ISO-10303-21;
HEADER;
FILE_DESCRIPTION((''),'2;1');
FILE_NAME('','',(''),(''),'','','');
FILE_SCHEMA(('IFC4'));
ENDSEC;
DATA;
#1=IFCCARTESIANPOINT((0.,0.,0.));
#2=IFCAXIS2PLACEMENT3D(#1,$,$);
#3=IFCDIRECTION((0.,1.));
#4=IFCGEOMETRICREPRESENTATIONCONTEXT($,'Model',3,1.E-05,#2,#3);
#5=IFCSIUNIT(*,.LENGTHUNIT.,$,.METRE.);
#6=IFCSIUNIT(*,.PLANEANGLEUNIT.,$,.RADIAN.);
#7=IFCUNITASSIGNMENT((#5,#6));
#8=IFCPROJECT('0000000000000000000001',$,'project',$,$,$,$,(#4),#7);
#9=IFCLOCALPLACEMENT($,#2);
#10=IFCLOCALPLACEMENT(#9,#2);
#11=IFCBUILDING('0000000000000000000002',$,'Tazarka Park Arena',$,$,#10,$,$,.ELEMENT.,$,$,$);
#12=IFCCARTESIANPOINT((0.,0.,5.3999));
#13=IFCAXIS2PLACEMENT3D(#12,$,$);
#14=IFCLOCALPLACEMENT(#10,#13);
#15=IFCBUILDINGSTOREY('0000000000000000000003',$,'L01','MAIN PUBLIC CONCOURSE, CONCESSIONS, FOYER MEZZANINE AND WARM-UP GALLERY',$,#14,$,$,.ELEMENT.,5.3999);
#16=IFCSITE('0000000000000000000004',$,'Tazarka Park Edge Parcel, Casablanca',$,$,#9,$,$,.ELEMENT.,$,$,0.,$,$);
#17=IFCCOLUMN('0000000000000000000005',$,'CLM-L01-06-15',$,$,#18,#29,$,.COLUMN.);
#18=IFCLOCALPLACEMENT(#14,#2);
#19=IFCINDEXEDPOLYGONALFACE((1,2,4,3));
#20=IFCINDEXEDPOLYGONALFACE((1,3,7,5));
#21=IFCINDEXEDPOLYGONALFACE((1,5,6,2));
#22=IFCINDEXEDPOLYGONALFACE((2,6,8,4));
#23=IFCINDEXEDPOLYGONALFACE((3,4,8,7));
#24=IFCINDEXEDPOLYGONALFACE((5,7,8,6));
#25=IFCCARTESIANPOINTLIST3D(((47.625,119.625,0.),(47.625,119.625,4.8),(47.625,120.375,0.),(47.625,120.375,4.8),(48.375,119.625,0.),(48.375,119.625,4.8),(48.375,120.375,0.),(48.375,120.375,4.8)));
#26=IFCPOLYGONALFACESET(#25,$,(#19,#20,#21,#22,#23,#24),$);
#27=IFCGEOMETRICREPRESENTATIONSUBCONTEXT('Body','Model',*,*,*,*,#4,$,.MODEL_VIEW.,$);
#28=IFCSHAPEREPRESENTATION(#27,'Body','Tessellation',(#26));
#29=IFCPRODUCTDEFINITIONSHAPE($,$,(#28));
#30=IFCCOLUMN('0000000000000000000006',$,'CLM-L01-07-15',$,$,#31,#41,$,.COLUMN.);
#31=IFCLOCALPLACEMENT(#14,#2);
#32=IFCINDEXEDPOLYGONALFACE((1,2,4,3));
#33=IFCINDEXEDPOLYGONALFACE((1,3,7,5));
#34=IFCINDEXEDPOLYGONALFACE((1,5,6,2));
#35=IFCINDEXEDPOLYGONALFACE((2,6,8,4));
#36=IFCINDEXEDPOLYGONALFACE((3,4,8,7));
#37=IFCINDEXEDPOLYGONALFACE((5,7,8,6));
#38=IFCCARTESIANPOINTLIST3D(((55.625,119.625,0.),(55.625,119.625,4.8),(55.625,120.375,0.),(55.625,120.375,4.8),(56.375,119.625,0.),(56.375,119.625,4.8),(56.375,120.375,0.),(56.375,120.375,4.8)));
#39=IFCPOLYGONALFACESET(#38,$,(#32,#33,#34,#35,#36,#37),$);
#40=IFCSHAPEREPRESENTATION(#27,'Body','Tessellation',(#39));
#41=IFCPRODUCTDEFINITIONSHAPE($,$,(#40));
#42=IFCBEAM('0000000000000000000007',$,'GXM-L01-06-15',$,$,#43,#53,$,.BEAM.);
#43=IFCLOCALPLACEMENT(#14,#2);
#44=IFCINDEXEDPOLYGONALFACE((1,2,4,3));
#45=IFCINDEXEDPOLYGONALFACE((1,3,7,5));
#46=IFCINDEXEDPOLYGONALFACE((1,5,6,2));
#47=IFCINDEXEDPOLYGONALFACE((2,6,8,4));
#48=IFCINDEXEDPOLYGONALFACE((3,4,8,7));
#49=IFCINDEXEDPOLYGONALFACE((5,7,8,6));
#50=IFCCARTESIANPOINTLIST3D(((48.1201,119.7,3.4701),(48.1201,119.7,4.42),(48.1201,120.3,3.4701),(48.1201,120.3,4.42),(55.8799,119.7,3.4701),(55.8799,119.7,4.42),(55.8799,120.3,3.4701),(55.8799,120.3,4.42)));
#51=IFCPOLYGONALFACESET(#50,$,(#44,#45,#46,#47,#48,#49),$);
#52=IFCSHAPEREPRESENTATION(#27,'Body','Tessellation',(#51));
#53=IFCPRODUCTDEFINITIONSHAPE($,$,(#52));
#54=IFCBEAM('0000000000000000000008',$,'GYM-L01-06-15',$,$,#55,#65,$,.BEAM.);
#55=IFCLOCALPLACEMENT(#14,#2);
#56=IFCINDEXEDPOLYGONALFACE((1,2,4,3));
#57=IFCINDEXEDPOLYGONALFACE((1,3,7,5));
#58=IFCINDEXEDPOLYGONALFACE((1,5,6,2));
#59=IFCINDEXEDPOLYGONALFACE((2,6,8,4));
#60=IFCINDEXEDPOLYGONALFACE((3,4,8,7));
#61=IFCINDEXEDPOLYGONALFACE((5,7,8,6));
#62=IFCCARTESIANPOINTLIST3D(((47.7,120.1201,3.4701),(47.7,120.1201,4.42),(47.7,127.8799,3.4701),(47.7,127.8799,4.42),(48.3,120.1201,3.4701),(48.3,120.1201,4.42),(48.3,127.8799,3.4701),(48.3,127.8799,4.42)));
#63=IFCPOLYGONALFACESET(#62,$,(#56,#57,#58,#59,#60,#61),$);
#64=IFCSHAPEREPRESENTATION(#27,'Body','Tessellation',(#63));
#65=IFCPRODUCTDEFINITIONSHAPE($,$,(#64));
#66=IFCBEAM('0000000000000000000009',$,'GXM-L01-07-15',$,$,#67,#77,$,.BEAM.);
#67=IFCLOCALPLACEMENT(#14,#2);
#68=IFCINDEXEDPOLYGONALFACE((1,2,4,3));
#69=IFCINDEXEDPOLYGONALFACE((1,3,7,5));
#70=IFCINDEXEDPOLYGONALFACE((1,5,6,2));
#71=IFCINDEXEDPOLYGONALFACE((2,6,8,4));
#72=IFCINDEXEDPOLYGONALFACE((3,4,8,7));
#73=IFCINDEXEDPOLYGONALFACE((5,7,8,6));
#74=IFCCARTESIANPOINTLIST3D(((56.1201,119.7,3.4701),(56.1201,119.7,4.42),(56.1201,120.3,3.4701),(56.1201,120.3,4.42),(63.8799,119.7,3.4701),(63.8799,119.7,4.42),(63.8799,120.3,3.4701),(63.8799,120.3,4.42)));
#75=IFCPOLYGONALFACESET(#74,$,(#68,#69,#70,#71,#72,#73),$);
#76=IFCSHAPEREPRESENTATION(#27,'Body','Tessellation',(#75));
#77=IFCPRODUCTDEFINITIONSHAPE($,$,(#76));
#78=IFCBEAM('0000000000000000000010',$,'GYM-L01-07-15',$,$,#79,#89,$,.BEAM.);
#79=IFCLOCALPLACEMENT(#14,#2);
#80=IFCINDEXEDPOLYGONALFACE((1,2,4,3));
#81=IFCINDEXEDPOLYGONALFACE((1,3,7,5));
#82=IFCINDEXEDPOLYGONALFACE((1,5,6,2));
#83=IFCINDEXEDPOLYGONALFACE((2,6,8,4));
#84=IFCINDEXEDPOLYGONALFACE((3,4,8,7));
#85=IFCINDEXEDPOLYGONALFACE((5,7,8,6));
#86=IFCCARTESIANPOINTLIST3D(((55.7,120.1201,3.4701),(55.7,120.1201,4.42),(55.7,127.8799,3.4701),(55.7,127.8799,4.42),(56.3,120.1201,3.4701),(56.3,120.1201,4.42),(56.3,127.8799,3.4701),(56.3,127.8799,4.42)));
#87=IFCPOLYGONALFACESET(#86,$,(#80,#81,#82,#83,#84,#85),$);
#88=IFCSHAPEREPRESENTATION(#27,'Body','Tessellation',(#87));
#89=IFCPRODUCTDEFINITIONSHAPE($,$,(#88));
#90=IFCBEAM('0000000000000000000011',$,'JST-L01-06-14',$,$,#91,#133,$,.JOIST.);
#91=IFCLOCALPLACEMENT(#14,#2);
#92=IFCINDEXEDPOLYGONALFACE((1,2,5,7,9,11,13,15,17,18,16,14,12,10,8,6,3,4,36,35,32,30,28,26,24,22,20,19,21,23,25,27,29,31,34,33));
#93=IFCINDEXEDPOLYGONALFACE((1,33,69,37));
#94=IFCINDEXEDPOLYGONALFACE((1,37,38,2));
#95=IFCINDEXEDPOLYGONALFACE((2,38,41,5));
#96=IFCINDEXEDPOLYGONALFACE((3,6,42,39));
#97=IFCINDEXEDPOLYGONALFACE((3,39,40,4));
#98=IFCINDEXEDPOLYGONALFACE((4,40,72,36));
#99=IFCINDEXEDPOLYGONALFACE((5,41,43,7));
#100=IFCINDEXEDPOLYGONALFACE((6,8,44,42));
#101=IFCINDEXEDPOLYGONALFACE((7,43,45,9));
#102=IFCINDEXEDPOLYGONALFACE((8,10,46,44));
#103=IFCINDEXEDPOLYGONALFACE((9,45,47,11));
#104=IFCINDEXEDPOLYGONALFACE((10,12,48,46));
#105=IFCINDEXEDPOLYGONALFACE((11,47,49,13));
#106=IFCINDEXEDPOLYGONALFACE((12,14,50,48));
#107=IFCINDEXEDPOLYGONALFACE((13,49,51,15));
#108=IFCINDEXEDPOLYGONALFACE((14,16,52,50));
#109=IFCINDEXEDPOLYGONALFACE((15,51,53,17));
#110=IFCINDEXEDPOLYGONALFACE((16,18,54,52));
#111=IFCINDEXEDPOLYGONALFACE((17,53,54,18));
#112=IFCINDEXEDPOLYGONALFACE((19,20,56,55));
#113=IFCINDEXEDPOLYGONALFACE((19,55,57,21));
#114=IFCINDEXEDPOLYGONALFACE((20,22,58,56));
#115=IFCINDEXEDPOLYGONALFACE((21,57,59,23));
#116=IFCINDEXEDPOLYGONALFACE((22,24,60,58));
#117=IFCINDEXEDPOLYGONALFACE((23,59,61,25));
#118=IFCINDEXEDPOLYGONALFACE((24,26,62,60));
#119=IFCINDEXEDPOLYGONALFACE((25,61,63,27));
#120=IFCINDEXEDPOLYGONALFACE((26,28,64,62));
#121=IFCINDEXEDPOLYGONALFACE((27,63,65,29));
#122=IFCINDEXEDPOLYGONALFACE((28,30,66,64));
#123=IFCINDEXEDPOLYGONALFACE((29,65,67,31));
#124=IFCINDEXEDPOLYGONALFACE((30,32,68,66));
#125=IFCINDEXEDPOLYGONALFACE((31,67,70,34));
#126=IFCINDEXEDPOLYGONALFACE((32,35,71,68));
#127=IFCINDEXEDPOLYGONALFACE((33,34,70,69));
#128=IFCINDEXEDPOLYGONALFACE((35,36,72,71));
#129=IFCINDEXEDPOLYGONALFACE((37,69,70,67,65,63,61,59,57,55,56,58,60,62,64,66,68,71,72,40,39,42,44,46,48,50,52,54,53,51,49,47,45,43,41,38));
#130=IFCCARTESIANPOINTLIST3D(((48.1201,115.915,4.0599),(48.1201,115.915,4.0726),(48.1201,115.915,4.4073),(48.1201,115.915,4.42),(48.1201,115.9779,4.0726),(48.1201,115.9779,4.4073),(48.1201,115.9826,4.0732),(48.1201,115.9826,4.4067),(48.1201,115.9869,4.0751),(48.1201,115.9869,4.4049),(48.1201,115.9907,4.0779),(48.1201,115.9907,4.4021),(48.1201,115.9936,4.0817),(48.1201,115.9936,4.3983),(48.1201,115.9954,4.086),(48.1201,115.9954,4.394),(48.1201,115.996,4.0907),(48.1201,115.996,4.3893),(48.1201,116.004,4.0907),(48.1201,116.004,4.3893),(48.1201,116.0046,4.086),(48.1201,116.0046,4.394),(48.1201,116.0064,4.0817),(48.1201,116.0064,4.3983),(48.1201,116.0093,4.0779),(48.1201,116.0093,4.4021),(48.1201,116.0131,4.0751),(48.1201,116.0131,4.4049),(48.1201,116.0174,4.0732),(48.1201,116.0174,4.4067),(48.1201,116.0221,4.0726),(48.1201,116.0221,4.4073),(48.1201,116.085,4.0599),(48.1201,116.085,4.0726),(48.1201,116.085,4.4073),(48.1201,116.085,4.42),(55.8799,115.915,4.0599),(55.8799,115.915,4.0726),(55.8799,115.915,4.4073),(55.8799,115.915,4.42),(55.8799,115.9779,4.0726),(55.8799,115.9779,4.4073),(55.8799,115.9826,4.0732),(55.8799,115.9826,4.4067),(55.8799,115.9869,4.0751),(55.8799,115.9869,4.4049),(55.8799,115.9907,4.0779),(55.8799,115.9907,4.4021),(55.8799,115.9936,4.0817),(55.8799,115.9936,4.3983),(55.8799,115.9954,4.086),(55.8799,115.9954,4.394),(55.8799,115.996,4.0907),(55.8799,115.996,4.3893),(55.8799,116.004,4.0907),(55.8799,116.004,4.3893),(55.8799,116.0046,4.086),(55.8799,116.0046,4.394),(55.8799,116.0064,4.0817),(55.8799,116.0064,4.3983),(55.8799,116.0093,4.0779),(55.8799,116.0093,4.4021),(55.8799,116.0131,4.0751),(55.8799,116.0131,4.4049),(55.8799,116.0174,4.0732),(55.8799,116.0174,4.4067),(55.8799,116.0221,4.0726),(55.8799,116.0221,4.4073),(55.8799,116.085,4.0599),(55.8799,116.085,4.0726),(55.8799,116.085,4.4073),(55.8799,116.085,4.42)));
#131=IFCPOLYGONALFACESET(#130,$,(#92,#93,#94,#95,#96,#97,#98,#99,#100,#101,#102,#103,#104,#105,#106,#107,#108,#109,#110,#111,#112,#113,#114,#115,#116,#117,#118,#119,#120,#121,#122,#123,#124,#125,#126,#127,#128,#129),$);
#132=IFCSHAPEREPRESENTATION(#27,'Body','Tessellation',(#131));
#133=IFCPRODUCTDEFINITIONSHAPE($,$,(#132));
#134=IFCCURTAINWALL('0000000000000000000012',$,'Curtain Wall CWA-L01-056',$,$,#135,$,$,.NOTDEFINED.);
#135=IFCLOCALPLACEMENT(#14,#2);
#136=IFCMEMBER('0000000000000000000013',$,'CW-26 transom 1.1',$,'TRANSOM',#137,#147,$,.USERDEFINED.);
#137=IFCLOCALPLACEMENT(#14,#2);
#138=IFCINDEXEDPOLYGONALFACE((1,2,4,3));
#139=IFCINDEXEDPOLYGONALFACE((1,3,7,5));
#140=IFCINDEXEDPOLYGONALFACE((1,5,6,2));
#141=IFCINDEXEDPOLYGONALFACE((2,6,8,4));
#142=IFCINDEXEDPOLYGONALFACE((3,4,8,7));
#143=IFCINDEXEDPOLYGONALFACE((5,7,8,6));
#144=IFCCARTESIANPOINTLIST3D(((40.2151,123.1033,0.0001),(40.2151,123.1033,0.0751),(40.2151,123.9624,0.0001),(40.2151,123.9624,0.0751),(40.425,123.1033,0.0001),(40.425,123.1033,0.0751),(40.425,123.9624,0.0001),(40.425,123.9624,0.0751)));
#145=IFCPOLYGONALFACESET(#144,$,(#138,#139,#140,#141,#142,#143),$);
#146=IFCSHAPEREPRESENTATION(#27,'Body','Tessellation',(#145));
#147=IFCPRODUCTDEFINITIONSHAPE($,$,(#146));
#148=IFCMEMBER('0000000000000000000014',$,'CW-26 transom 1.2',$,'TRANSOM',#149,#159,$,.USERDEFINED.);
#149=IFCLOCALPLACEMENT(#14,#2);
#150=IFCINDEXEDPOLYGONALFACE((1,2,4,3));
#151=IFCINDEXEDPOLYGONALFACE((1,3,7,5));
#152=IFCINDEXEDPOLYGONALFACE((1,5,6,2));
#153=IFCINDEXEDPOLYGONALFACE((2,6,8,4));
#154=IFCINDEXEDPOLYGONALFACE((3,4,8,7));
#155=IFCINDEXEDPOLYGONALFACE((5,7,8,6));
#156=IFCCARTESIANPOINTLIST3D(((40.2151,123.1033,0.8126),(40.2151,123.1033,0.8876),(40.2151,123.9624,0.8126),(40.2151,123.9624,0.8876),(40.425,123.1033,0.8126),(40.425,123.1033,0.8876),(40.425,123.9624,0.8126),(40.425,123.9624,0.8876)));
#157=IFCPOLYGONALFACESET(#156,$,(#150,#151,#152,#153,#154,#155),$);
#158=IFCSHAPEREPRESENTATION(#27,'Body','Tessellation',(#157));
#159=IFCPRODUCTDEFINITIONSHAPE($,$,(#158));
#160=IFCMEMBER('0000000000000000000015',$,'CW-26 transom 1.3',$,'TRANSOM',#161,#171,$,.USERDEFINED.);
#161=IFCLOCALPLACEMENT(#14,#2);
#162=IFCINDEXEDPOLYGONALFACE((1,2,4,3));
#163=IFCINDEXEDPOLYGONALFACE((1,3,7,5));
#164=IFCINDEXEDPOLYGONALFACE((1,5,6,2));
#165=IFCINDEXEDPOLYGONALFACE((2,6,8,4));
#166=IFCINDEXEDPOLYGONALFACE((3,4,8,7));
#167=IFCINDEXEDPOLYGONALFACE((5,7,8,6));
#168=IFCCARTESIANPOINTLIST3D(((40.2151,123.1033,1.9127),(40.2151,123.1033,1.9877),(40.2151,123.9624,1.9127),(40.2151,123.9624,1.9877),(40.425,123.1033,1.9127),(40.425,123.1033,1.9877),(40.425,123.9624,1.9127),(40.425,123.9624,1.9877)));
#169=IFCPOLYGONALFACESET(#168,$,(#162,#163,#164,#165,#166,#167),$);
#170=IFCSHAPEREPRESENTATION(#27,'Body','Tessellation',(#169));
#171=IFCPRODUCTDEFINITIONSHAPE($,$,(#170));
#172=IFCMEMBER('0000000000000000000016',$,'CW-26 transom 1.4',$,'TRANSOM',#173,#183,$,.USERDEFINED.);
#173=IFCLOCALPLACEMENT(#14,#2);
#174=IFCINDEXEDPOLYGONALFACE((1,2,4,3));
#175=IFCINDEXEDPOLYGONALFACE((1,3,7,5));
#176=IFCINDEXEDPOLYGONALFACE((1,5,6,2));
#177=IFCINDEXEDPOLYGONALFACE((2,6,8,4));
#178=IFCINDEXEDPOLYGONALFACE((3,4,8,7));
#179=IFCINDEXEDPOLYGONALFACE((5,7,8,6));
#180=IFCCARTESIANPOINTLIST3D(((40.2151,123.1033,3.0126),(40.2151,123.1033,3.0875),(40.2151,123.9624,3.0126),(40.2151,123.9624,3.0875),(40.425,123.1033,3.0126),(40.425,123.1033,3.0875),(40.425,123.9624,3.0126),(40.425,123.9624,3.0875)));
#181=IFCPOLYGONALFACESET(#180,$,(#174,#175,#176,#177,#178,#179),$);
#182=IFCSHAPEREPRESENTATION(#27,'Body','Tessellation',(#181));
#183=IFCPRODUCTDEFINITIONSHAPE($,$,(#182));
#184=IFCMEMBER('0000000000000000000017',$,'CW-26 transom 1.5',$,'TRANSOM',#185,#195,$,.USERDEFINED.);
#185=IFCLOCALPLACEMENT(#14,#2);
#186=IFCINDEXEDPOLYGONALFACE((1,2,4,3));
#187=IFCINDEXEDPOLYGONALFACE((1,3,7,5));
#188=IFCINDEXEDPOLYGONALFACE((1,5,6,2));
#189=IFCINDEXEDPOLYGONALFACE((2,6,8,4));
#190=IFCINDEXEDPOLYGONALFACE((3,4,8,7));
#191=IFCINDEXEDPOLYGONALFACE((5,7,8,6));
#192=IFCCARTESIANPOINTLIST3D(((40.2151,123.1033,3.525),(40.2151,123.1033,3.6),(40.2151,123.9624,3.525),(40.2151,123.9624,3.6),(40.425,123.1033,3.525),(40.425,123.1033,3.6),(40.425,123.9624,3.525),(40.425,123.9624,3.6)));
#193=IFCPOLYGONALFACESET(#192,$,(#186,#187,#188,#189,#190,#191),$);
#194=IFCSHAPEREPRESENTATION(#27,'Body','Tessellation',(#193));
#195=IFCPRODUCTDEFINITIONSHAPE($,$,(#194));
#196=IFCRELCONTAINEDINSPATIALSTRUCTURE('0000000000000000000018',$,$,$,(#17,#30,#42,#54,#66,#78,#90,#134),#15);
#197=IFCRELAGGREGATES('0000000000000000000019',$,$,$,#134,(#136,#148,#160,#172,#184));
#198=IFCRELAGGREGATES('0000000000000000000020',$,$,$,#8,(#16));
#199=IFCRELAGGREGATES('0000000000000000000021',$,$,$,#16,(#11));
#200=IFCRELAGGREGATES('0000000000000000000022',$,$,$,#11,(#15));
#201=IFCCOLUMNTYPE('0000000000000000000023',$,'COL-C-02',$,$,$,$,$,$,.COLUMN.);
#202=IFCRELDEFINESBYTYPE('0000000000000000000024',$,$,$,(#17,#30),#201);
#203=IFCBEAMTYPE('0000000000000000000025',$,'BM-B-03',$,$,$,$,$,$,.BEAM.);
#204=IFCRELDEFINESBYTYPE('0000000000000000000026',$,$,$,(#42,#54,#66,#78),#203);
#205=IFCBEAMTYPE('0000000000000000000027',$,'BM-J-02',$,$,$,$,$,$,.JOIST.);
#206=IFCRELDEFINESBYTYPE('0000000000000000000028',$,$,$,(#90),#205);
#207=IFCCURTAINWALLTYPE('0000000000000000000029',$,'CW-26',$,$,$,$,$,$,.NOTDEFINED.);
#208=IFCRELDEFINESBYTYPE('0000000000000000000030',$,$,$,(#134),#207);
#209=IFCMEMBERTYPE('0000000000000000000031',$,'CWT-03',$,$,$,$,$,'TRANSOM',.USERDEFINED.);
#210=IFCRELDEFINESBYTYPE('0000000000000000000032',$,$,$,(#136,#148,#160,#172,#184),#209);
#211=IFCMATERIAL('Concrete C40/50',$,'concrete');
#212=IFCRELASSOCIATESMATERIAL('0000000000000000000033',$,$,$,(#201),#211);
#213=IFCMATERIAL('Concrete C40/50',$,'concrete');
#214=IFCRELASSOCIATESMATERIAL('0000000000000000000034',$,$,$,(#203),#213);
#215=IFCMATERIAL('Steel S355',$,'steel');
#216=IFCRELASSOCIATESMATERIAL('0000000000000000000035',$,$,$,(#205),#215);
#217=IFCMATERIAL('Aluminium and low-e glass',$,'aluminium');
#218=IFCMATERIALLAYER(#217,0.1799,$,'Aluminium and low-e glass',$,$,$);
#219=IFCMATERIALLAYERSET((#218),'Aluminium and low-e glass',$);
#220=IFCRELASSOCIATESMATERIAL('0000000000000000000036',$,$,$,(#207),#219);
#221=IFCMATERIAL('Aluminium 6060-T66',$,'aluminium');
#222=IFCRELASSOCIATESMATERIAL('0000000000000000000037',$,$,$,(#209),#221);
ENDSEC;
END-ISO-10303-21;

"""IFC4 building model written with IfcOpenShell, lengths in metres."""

from ifc_helpers import new_model, si_unit, direction, frame, origin, origin_2d, place, context, subcontext, project, spatial, rectangle, i_section, extrude, material, layer, layer_set, material_profile, profile_set, type_object, element, aggregate, save


model = new_model("IFC4")

# Units and contexts
model_context = context("Model", 3, precision=1e-05, world=origin(), true_north=direction((0.0, 1.0)))
body_context = subcontext(model_context, "Body", "Model", "MODEL_VIEW")
ifc_project = project(units=[si_unit("LENGTHUNIT", "METRE"), si_unit("PLANEANGLEUNIT", "RADIAN")], contexts=[model_context])

# Site, building, storey
site_placement = place(None, origin())
site = spatial("IfcSite", under=ifc_project, at=site_placement, Name="Tazarka Park Edge Parcel, Casablanca", CompositionType="ELEMENT", RefElevation=0.0)
building_placement = place(site_placement, origin())
building = spatial("IfcBuilding", under=site, at=building_placement, Name="Tazarka Park Arena", CompositionType="ELEMENT")
storey_placement = place(building_placement, frame((0.0, 0.0, 5.3999)))
storey = spatial("IfcBuildingStorey", under=building, at=storey_placement, Name="L01", Description="MAIN PUBLIC CONCOURSE, CONCESSIONS, FOYER MEZZANINE AND WARM-UP GALLERY", CompositionType="ELEMENT", Elevation=5.3999)

# Columns
ifc_material_1 = material(Name="Concrete C40/50", Category="concrete")
ifc_material_profile_1 = material_profile(ifc_material_1, rectangle(XDim=0.75, YDim=0.75, at=origin_2d()), Name="Concrete C40/50")
ifc_profile_set_1 = profile_set([ifc_material_profile_1], Name="Concrete C40/50")
column_type = type_object("IfcColumnType", Name="COL-C-02", PredefinedType="COLUMN", material=ifc_profile_set_1)
for number, where, z_axis, x_axis, name in (
    (1, (48.0, 120.0, 0.0), (0.0, 0.0, 1.0), (1.0, 0.0, 0.0), "CLM-L01-06-15"),
    (2, (56.0, 120.0, 0.0), (0.0, 0.0, 1.0), (1.0, 0.0, 0.0), "CLM-L01-07-15"),
):
    element("IfcColumn", number, at=place(storey_placement, frame(where, z_axis=z_axis, x_axis=x_axis)), inside=storey, type_object=column_type, Name=name, PredefinedType="COLUMN", context=body_context, shape_type="SweptSolid", body=[
        extrude(rectangle(XDim=0.75, YDim=0.75, at=origin_2d()), origin(), (0.0, 0.0, 1.0), 4.8),
    ])

# Beams
ifc_material_2 = material(Name="Concrete C40/50", Category="concrete")
ifc_material_profile_2 = material_profile(ifc_material_2, rectangle(XDim=0.6001, YDim=0.95, at=origin_2d()), Name="Concrete C40/50")
ifc_profile_set_2 = profile_set([ifc_material_profile_2], Name="Concrete C40/50")
beam_type_1 = type_object("IfcBeamType", Name="BM-B-03", PredefinedType="BEAM", material=ifc_profile_set_2)
for number, where, z_axis, x_axis, name in (
    (3, (48.1201, 120.0, 3.9451), (1.0, 0.0, 0.0), (0.0, 1.0, 0.0), "GXM-L01-06-15"),
    (4, (48.0, 120.1201, 3.9451), (0.0, 1.0, 0.0), (-1.0, 0.0, 0.0), "GYM-L01-06-15"),
    (5, (56.1201, 120.0, 3.9451), (1.0, 0.0, 0.0), (0.0, 1.0, 0.0), "GXM-L01-07-15"),
    (6, (56.0, 120.1201, 3.9451), (0.0, 1.0, 0.0), (-1.0, 0.0, 0.0), "GYM-L01-07-15"),
):
    element("IfcBeam", number, at=place(storey_placement, frame(where, z_axis=z_axis, x_axis=x_axis)), inside=storey, type_object=beam_type_1, Name=name, PredefinedType="BEAM", context=body_context, shape_type="SweptSolid", body=[
        extrude(rectangle(XDim=0.6001, YDim=0.95, at=origin_2d()), origin(), (0.0, 0.0, 1.0), 7.7598),
    ])
ifc_material_3 = material(Name="Steel S355", Category="steel")
ifc_material_profile_3 = material_profile(ifc_material_3, i_section(OverallWidth=0.1699, OverallDepth=0.3601, WebThickness=0.0081, FlangeThickness=0.0127, FilletRadius=0.0181, at=origin_2d()), Name="Steel S355")
ifc_profile_set_3 = profile_set([ifc_material_profile_3], Name="Steel S355")
beam_type_2 = type_object("IfcBeamType", Name="BM-J-02", PredefinedType="JOIST", material=ifc_profile_set_3)
beam_placement = place(storey_placement, frame((48.1201, 116.0, 4.24), z_axis=(1.0, 0.0, 0.0), x_axis=(0.0, 1.0, 0.0)))
element("IfcBeam", 7, at=beam_placement, inside=storey, type_object=beam_type_2, Name="JST-L01-06-14", PredefinedType="JOIST", context=body_context, shape_type="SweptSolid", body=[
    extrude(i_section(OverallWidth=0.1699, OverallDepth=0.3601, WebThickness=0.0081, FlangeThickness=0.0127, FilletRadius=0.0181, at=origin_2d()), origin(), (0.0, 0.0, 1.0), 7.7598),
])

# Curtain wall, members
ifc_material_4 = material(Name="Aluminium and low-e glass", Category="aluminium")
ifc_layer_1 = layer(ifc_material_4, 0.1799, Name="Aluminium and low-e glass")
ifc_layer_set_1 = layer_set([ifc_layer_1], Name="Aluminium and low-e glass")
curtain_wall_type = type_object("IfcCurtainWallType", Name="CW-26", PredefinedType="NOTDEFINED", material=ifc_layer_set_1)
curtain_wall_placement = place(storey_placement, origin())
curtain_wall = element("IfcCurtainWall", 8, at=curtain_wall_placement, inside=storey, type_object=curtain_wall_type, Name="Curtain Wall CWA-L01-056", PredefinedType="NOTDEFINED")
ifc_material_5 = material(Name="Aluminium 6060-T66", Category="aluminium")
ifc_material_profile_4 = material_profile(ifc_material_5, rectangle(XDim=0.21, YDim=0.075, at=origin_2d()), Name="Aluminium 6060-T66")
ifc_profile_set_4 = profile_set([ifc_material_profile_4], Name="Aluminium 6060-T66")
member_type = type_object("IfcMemberType", Name="CWT-03", ElementType="TRANSOM", PredefinedType="USERDEFINED", material=ifc_profile_set_4)
member_1_placement = place(storey_placement, frame((40.3201, 123.1033, 0.0376), z_axis=(0.0, 1.0, 0.0), x_axis=(-1.0, 0.0, 0.0)))
member_1 = element("IfcMember", 9, at=member_1_placement, type_object=member_type, Name="CW-26 transom 1.1", ObjectType="TRANSOM", PredefinedType="USERDEFINED", context=body_context, shape_type="SweptSolid", body=[
    extrude(rectangle(XDim=0.21, YDim=0.075, at=origin_2d()), origin(), (0.0, 0.0, 1.0), 0.8591),
])
member_2_placement = place(storey_placement, frame((40.3201, 123.1033, 0.8501), z_axis=(0.0, 1.0, 0.0), x_axis=(-1.0, 0.0, 0.0)))
member_2 = element("IfcMember", 10, at=member_2_placement, type_object=member_type, Name="CW-26 transom 1.2", ObjectType="TRANSOM", PredefinedType="USERDEFINED", context=body_context, shape_type="SweptSolid", body=[
    extrude(rectangle(XDim=0.21, YDim=0.075, at=origin_2d()), origin(), (0.0, 0.0, 1.0), 0.8591),
])
member_3_placement = place(storey_placement, frame((40.3201, 123.1033, 1.9502), z_axis=(0.0, 1.0, 0.0), x_axis=(-1.0, 0.0, 0.0)))
member_3 = element("IfcMember", 11, at=member_3_placement, type_object=member_type, Name="CW-26 transom 1.3", ObjectType="TRANSOM", PredefinedType="USERDEFINED", context=body_context, shape_type="SweptSolid", body=[
    extrude(rectangle(XDim=0.21, YDim=0.075, at=origin_2d()), origin(), (0.0, 0.0, 1.0), 0.8591),
])
member_4_placement = place(storey_placement, frame((40.3201, 123.1033, 3.05), z_axis=(0.0, 1.0, 0.0), x_axis=(-1.0, 0.0, 0.0)))
member_4 = element("IfcMember", 12, at=member_4_placement, type_object=member_type, Name="CW-26 transom 1.4", ObjectType="TRANSOM", PredefinedType="USERDEFINED", context=body_context, shape_type="SweptSolid", body=[
    extrude(rectangle(XDim=0.21, YDim=0.075, at=origin_2d()), origin(), (0.0, 0.0, 1.0), 0.8591),
])
member_5_placement = place(storey_placement, frame((40.3201, 123.1033, 3.5625), z_axis=(0.0, 1.0, 0.0), x_axis=(-1.0, 0.0, 0.0)))
member_5 = element("IfcMember", 13, at=member_5_placement, type_object=member_type, Name="CW-26 transom 1.5", ObjectType="TRANSOM", PredefinedType="USERDEFINED", context=body_context, shape_type="SweptSolid", body=[
    extrude(rectangle(XDim=0.21, YDim=0.075, at=origin_2d()), origin(), (0.0, 0.0, 1.0), 0.8591),
])
aggregate(curtain_wall, [member_1, member_2, member_3, member_4, member_5])

save(model, "model.ifc")
